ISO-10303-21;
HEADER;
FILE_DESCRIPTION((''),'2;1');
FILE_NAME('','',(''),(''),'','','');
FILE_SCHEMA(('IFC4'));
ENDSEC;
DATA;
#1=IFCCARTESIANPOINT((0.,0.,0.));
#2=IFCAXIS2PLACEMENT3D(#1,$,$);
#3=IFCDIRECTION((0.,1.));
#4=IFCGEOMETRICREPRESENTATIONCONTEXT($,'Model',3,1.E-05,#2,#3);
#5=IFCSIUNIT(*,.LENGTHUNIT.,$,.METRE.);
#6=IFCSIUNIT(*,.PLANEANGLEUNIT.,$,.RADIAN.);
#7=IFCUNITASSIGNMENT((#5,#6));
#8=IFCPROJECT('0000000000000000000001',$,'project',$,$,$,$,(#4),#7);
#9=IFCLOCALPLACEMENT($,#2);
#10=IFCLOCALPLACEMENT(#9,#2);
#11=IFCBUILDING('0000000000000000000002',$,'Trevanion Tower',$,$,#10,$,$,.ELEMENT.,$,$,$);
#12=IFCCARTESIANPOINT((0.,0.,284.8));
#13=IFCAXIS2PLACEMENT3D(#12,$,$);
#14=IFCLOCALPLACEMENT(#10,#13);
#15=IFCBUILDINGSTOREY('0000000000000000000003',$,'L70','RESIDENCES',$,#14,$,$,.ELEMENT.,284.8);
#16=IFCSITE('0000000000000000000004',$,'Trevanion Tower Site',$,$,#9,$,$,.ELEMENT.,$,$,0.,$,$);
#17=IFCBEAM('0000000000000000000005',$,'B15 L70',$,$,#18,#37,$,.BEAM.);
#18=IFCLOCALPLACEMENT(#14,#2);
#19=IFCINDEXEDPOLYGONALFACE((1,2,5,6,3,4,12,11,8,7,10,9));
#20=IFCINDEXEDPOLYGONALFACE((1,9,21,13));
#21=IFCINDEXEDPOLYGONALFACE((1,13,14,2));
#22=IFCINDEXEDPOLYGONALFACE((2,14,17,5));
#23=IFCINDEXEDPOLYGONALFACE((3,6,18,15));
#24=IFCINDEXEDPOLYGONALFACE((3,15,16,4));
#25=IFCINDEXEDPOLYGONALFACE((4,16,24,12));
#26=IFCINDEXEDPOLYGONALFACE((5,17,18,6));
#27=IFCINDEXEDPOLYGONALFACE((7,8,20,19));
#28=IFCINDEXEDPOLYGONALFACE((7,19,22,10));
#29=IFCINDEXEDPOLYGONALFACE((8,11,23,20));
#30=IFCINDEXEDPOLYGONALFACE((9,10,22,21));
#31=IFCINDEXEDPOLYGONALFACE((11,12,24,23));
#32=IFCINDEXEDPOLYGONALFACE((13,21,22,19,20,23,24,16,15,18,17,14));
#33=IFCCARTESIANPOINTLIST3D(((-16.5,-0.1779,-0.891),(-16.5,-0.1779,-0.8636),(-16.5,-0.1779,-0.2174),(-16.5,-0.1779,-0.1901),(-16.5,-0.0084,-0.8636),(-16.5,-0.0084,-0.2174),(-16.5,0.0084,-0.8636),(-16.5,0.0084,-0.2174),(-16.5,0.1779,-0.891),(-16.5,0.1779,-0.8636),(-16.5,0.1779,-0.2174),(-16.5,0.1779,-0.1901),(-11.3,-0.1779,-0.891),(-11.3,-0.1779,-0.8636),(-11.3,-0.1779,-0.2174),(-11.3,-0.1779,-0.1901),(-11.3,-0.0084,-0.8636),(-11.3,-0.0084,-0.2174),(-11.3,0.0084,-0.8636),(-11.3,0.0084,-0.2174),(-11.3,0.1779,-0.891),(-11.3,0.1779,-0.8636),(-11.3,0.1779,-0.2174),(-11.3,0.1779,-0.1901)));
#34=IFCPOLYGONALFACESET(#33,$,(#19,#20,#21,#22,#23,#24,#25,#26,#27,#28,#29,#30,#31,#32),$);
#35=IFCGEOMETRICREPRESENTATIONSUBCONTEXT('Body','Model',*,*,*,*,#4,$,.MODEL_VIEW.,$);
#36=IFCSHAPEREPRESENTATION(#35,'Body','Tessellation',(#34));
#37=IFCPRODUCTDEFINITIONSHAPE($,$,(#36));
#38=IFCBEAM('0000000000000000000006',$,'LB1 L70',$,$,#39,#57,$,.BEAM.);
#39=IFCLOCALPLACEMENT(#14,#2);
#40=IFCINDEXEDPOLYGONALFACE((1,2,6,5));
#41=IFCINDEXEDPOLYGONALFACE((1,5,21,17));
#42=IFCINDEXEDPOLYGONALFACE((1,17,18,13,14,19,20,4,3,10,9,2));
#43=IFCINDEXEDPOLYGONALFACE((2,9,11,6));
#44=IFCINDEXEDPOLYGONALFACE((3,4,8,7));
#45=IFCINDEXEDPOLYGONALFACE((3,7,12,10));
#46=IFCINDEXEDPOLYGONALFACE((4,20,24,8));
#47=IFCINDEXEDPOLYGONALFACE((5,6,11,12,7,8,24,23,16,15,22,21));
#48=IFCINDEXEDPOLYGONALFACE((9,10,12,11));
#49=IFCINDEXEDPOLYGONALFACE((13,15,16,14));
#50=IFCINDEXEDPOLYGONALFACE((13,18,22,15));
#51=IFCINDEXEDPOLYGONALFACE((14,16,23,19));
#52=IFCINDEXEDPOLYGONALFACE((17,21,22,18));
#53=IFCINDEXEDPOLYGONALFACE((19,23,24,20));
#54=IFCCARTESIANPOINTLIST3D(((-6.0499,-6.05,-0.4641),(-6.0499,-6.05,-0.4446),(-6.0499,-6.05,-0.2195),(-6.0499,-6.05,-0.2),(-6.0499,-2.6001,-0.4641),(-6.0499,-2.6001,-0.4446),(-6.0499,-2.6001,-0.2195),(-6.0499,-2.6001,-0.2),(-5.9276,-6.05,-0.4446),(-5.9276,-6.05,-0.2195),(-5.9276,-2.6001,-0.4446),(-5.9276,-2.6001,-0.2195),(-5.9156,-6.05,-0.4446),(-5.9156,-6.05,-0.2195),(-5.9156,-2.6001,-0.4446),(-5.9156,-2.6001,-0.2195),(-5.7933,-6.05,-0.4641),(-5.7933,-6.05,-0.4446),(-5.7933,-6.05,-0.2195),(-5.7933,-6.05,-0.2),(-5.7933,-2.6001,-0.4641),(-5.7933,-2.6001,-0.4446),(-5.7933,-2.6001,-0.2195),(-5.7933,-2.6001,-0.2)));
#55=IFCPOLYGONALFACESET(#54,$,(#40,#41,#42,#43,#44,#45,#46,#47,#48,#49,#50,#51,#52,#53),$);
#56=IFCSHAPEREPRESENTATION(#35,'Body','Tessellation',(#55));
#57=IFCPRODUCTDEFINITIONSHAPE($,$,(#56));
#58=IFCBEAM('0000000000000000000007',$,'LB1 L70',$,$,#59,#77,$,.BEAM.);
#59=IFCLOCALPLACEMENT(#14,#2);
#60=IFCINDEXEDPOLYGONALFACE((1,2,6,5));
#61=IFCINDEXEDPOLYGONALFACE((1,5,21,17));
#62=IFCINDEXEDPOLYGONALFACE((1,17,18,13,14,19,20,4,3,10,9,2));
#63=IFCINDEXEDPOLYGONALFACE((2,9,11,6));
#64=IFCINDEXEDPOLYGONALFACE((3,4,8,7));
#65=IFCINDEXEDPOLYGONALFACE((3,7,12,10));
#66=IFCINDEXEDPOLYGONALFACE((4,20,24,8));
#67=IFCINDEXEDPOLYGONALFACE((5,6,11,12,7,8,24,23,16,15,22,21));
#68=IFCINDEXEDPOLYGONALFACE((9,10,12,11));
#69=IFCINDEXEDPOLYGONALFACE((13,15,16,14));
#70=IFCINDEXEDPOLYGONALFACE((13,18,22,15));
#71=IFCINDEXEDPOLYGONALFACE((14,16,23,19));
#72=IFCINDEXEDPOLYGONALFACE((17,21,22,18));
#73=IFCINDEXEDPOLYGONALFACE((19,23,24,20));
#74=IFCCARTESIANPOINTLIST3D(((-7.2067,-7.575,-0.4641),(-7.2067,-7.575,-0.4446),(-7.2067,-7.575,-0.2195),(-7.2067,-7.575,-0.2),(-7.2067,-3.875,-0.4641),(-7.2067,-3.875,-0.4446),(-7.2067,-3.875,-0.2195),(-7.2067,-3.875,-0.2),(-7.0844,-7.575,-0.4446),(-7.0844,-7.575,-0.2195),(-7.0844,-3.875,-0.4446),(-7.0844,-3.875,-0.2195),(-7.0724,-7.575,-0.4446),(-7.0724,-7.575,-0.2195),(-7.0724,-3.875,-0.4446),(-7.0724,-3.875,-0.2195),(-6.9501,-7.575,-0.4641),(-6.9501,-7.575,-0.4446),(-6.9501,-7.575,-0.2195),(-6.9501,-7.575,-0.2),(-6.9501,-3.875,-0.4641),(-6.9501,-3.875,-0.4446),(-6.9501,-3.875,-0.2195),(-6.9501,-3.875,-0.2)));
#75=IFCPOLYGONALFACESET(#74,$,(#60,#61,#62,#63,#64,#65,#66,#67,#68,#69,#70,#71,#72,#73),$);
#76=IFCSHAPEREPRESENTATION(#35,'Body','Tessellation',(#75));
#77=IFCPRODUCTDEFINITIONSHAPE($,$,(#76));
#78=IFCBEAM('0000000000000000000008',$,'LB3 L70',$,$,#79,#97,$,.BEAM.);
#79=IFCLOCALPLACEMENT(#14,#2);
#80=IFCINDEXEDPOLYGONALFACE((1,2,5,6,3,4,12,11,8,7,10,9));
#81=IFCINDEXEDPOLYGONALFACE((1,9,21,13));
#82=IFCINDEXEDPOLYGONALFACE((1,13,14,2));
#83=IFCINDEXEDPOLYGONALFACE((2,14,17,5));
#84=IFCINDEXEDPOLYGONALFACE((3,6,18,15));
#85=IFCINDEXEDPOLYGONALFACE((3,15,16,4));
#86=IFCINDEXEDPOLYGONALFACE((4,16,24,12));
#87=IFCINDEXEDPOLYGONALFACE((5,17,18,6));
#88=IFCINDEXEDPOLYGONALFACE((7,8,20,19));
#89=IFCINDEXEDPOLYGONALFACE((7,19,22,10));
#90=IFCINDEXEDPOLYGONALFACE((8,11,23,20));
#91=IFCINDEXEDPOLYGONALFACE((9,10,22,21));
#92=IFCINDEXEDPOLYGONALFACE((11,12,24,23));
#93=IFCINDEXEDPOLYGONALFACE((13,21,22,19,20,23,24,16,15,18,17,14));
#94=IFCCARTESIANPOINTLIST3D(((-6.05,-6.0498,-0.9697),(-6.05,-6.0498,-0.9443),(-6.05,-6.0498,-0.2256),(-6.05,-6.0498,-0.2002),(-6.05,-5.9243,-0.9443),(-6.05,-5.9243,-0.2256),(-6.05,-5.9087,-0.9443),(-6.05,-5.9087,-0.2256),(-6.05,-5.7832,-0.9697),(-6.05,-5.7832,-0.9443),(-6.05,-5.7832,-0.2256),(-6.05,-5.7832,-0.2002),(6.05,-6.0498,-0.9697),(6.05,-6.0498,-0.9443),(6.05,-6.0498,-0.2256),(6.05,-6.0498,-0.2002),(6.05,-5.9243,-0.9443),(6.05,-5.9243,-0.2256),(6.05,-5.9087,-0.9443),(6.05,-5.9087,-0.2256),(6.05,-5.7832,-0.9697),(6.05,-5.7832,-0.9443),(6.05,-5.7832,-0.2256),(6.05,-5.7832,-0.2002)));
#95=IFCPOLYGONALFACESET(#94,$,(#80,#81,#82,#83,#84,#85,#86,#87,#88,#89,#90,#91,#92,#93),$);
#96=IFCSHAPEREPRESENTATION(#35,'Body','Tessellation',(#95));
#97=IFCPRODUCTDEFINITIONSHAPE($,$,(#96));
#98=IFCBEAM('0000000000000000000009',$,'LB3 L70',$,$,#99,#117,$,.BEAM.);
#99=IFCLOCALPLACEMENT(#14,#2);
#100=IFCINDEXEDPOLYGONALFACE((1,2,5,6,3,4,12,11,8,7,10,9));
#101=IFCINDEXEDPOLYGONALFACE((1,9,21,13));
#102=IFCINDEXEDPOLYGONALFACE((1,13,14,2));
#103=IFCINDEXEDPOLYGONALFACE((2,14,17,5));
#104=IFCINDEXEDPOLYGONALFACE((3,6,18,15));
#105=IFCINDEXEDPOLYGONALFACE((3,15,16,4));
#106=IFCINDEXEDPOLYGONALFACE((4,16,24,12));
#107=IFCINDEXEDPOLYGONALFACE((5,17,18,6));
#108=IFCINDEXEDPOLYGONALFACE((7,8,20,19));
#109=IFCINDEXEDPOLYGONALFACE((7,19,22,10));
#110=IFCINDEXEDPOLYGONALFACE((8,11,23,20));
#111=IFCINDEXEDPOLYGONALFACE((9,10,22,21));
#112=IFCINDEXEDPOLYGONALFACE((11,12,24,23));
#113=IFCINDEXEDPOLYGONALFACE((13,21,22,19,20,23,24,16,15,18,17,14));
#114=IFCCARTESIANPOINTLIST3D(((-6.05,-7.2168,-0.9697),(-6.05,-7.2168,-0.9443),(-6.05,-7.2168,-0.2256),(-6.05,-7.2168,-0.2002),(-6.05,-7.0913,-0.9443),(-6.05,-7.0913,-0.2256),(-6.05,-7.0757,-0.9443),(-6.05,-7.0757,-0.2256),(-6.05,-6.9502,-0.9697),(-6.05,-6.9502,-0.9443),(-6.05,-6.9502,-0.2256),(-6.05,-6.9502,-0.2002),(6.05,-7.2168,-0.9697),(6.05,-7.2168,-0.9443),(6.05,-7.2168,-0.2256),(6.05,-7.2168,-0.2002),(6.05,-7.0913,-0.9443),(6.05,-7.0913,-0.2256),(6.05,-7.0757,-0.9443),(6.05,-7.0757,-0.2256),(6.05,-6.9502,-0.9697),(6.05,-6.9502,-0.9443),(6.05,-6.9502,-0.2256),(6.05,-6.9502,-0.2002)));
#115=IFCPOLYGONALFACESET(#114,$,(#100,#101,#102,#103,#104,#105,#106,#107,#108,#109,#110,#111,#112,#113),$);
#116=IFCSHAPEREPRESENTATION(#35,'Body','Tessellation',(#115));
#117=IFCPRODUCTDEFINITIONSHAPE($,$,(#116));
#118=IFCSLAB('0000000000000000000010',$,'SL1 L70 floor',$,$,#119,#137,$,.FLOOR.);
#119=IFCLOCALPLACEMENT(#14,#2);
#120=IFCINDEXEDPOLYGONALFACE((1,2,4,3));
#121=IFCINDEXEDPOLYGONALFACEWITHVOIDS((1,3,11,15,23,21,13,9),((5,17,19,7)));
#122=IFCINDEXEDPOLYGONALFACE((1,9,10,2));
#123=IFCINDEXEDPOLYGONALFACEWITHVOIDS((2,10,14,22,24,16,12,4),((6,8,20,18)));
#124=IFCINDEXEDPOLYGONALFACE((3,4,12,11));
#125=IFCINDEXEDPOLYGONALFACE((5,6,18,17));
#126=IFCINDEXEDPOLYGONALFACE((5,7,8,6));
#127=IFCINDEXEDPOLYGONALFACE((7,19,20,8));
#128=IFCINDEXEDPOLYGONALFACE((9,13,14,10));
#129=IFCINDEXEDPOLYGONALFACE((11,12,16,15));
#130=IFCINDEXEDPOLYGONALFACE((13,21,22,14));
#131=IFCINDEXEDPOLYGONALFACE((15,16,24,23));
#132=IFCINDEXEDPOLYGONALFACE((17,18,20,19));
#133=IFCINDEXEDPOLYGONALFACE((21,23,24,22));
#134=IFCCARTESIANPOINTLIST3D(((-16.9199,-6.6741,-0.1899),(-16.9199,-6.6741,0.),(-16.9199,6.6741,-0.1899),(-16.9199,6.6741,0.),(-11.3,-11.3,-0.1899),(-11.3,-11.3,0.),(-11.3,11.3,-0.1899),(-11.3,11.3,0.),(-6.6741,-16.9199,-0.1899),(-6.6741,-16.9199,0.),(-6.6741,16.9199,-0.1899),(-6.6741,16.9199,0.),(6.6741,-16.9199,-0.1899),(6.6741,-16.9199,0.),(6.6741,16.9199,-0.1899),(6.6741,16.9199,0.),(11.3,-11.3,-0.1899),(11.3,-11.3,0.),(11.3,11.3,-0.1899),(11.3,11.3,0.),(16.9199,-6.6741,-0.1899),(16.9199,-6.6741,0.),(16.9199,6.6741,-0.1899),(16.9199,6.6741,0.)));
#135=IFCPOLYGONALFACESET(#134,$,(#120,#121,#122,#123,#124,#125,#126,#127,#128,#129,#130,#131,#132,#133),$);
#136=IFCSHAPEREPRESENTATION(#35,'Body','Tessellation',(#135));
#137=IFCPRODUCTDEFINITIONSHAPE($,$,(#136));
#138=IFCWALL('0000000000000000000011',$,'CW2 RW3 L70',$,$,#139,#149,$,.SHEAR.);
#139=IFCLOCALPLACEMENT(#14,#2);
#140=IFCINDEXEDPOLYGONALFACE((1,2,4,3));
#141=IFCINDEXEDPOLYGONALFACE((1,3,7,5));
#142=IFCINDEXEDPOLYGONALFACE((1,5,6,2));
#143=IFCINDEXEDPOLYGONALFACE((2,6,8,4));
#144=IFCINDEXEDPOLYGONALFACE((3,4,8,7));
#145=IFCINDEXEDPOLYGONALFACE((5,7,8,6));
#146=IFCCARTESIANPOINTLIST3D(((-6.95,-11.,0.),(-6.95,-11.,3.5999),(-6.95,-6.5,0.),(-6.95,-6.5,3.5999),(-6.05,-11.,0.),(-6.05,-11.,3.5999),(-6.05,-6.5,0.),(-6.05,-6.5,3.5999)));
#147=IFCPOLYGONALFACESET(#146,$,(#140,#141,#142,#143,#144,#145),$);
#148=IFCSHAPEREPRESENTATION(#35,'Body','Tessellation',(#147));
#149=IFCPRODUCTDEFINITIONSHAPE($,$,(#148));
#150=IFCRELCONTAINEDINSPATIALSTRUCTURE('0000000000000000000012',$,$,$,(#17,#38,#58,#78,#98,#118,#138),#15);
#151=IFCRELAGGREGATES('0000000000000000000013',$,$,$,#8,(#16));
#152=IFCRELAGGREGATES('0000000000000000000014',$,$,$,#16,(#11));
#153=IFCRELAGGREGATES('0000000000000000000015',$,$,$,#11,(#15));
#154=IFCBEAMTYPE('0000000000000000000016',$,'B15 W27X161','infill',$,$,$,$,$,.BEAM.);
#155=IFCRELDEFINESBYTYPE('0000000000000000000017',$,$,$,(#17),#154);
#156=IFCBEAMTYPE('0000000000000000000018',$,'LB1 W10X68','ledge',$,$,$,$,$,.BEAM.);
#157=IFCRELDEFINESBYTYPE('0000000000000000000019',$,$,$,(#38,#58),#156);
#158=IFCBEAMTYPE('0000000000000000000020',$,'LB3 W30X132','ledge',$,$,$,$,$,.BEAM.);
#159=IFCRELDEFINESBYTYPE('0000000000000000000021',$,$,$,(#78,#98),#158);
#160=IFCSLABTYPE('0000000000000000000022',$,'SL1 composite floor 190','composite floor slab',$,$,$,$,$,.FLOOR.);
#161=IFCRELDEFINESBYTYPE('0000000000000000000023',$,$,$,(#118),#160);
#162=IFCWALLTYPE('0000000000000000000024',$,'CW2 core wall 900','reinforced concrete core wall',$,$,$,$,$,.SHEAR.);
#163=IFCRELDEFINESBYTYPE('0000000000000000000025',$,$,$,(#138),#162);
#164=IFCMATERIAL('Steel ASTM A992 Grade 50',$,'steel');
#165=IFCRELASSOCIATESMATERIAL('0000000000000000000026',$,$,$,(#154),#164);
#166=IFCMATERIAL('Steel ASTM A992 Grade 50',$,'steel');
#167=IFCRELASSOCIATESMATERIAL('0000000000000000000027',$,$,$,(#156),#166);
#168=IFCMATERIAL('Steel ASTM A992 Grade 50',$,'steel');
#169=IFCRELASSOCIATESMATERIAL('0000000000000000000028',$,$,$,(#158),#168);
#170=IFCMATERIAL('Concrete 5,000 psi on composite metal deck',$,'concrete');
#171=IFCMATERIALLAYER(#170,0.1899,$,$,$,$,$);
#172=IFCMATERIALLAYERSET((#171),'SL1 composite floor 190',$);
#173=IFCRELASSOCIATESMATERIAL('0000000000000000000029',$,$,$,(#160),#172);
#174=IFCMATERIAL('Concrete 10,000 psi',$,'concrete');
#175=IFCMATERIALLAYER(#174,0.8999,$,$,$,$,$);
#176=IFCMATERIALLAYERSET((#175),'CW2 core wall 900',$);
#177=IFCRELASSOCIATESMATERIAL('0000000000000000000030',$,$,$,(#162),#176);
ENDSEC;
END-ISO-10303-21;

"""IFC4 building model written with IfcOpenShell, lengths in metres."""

from ifc_helpers import new_model, si_unit, direction, frame, frame_2d, origin, origin_2d, place, context, subcontext, project, spatial, polyline, rectangle, i_section, outline, extrude, material, layer, layer_set, material_profile, profile_set, type_object, element, save


model = new_model("IFC4")

# Units and contexts
model_context = context("Model", 3, precision=1e-05, world=origin(), true_north=direction((0.0, 1.0)))
body_context = subcontext(model_context, "Body", "Model", "MODEL_VIEW")
ifc_project = project(units=[si_unit("LENGTHUNIT", "METRE"), si_unit("PLANEANGLEUNIT", "RADIAN")], contexts=[model_context])

# Site, building, storey
site_placement = place(None, origin())
site = spatial("IfcSite", under=ifc_project, at=site_placement, Name="Trevanion Tower Site", CompositionType="ELEMENT", RefElevation=0.0)
building_placement = place(site_placement, origin())
building = spatial("IfcBuilding", under=site, at=building_placement, Name="Trevanion Tower", CompositionType="ELEMENT")
storey_placement = place(building_placement, frame((0.0, 0.0, 284.8)))
storey = spatial("IfcBuildingStorey", under=building, at=storey_placement, Name="L70", Description="RESIDENCES", CompositionType="ELEMENT", Elevation=284.8)

# Beams
ifc_material_1 = material(Name="Steel ASTM A992 Grade 50", Category="steel")
ifc_material_profile_1 = material_profile(ifc_material_1, i_section(OverallWidth=0.3557, OverallDepth=0.7009, WebThickness=0.0168, FlangeThickness=0.0273, at=origin_2d()), Name="W27X161")
ifc_profile_set_1 = profile_set([ifc_material_profile_1], Name="Steel ASTM A992 Grade 50")
beam_type_1 = type_object("IfcBeamType", Name="B15 W27X161", Description="infill", PredefinedType="BEAM", material=ifc_profile_set_1)
beam_1_placement = place(storey_placement, frame((-11.3, 0.0, -0.5405), z_axis=(-1.0, 0.0, 0.0), x_axis=(0.0, -1.0, 0.0)))
element("IfcBeam", 1, at=beam_1_placement, inside=storey, type_object=beam_type_1, Name="B15 L70", PredefinedType="BEAM", context=body_context, shape_type="SweptSolid", body=[
    extrude(i_section(OverallWidth=0.3557, OverallDepth=0.7009, WebThickness=0.0168, FlangeThickness=0.0273, at=origin_2d()), origin(), (0.0, 0.0, 1.0), 5.2),
])
ifc_material_2 = material(Name="Steel ASTM A992 Grade 50", Category="steel")
ifc_material_profile_2 = material_profile(ifc_material_2, i_section(OverallWidth=0.2566, OverallDepth=0.2642, WebThickness=0.012, FlangeThickness=0.0195, at=origin_2d()), Name="W10X68")
ifc_profile_set_2 = profile_set([ifc_material_profile_2], Name="Steel ASTM A992 Grade 50")
beam_type_2 = type_object("IfcBeamType", Name="LB1 W10X68", Description="ledge", PredefinedType="BEAM", material=ifc_profile_set_2)
beam_2_placement = place(storey_placement, frame((-5.9216, -6.05, -0.332), z_axis=(0.0, 1.0, 0.0), x_axis=(-1.0, 0.0, 0.0)))
element("IfcBeam", 2, at=beam_2_placement, inside=storey, type_object=beam_type_2, Name="LB1 L70", PredefinedType="BEAM", context=body_context, shape_type="SweptSolid", body=[
    extrude(i_section(OverallWidth=0.2566, OverallDepth=0.2642, WebThickness=0.012, FlangeThickness=0.0195, at=origin_2d()), origin(), (0.0, 0.0, 1.0), 3.45),
])
beam_3_placement = place(storey_placement, frame((-7.0784, -7.575, -0.332), z_axis=(0.0, 1.0, 0.0), x_axis=(-1.0, 0.0, 0.0)))
element("IfcBeam", 3, at=beam_3_placement, inside=storey, type_object=beam_type_2, Name="LB1 L70", PredefinedType="BEAM", context=body_context, shape_type="SweptSolid", body=[
    extrude(i_section(OverallWidth=0.2566, OverallDepth=0.2642, WebThickness=0.012, FlangeThickness=0.0195, at=origin_2d()), origin(), (0.0, 0.0, 1.0), 3.7),
])
ifc_material_3 = material(Name="Steel ASTM A992 Grade 50", Category="steel")
ifc_material_profile_3 = material_profile(ifc_material_3, i_section(OverallWidth=0.2666, OverallDepth=0.7695, WebThickness=0.0156, FlangeThickness=0.0254, at=origin_2d()), Name="W30X132")
ifc_profile_set_3 = profile_set([ifc_material_profile_3], Name="Steel ASTM A992 Grade 50")
beam_type_3 = type_object("IfcBeamType", Name="LB3 W30X132", Description="ledge", PredefinedType="BEAM", material=ifc_profile_set_3)
for number, where, z_axis, x_axis, name in (
    (4, (-6.05, -5.9165, -0.585), (1.0, 0.0, 0.0), (0.0, 1.0, 0.0), "LB3 L70"),
    (5, (-6.05, -7.0835, -0.585), (1.0, 0.0, 0.0), (0.0, 1.0, 0.0), "LB3 L70"),
):
    element("IfcBeam", number, at=place(storey_placement, frame(where, z_axis=z_axis, x_axis=x_axis)), inside=storey, type_object=beam_type_3, Name=name, PredefinedType="BEAM", context=body_context, shape_type="SweptSolid", body=[
        extrude(i_section(OverallWidth=0.2666, OverallDepth=0.7695, WebThickness=0.0156, FlangeThickness=0.0254, at=origin_2d()), origin(), (0.0, 0.0, 1.0), 12.1001),
    ])

# Slab
ifc_material_4 = material(Name="Concrete 5,000 psi on composite metal deck", Category="concrete")
ifc_layer_1 = layer(ifc_material_4, 0.1899)
ifc_layer_set_1 = layer_set([ifc_layer_1], Name="SL1 composite floor 190")
slab_type = type_object("IfcSlabType", Name="SL1 composite floor 190", Description="composite floor slab", PredefinedType="FLOOR", material=ifc_layer_set_1)
slab_placement = place(storey_placement, frame((0.0, 0.0, -0.1899)))
element("IfcSlab", 6, at=slab_placement, inside=storey, type_object=slab_type, Name="SL1 L70 floor", PredefinedType="FLOOR", context=body_context, shape_type="SweptSolid", body=[
    extrude(outline(polyline([(16.9199, -6.6741), (16.9199, 6.6741), (6.6741, 16.9199), (-6.6741, 16.9199), (-16.9199, 6.6741), (-16.9199, -6.6741), (-6.6741, -16.9199), (6.6741, -16.9199), (16.9199, -6.6741)]), holes=[polyline([(11.3, -11.3), (11.3, 11.3), (-11.3, 11.3), (-11.3, -11.3), (11.3, -11.3)])]), origin(), (0.0, 0.0, 1.0), 0.1899),
])

# Wall
ifc_material_5 = material(Name="Concrete 10,000 psi", Category="concrete")
ifc_layer_2 = layer(ifc_material_5, 0.8999)
ifc_layer_set_2 = layer_set([ifc_layer_2], Name="CW2 core wall 900")
wall_type_1 = type_object("IfcWallType", Name="CW2 core wall 900", Description="reinforced concrete core wall", PredefinedType="SHEAR", material=ifc_layer_set_2)
wall_1_placement = place(storey_placement, frame((-6.5, -6.5, 0.0), z_axis=(0.0, 0.0, 1.0), x_axis=(0.0, -1.0, 0.0)))
element("IfcWall", 7, at=wall_1_placement, inside=storey, type_object=wall_type_1, Name="CW2 RW3 L70", PredefinedType="SHEAR", context=body_context, shape_type="SweptSolid", body=[
    extrude(rectangle(XDim=4.5, YDim=0.8999, at=frame_2d((2.25, 0.0))), origin(), (0.0, 0.0, 1.0), 3.5999),
])

save(model, "model.ifc")
